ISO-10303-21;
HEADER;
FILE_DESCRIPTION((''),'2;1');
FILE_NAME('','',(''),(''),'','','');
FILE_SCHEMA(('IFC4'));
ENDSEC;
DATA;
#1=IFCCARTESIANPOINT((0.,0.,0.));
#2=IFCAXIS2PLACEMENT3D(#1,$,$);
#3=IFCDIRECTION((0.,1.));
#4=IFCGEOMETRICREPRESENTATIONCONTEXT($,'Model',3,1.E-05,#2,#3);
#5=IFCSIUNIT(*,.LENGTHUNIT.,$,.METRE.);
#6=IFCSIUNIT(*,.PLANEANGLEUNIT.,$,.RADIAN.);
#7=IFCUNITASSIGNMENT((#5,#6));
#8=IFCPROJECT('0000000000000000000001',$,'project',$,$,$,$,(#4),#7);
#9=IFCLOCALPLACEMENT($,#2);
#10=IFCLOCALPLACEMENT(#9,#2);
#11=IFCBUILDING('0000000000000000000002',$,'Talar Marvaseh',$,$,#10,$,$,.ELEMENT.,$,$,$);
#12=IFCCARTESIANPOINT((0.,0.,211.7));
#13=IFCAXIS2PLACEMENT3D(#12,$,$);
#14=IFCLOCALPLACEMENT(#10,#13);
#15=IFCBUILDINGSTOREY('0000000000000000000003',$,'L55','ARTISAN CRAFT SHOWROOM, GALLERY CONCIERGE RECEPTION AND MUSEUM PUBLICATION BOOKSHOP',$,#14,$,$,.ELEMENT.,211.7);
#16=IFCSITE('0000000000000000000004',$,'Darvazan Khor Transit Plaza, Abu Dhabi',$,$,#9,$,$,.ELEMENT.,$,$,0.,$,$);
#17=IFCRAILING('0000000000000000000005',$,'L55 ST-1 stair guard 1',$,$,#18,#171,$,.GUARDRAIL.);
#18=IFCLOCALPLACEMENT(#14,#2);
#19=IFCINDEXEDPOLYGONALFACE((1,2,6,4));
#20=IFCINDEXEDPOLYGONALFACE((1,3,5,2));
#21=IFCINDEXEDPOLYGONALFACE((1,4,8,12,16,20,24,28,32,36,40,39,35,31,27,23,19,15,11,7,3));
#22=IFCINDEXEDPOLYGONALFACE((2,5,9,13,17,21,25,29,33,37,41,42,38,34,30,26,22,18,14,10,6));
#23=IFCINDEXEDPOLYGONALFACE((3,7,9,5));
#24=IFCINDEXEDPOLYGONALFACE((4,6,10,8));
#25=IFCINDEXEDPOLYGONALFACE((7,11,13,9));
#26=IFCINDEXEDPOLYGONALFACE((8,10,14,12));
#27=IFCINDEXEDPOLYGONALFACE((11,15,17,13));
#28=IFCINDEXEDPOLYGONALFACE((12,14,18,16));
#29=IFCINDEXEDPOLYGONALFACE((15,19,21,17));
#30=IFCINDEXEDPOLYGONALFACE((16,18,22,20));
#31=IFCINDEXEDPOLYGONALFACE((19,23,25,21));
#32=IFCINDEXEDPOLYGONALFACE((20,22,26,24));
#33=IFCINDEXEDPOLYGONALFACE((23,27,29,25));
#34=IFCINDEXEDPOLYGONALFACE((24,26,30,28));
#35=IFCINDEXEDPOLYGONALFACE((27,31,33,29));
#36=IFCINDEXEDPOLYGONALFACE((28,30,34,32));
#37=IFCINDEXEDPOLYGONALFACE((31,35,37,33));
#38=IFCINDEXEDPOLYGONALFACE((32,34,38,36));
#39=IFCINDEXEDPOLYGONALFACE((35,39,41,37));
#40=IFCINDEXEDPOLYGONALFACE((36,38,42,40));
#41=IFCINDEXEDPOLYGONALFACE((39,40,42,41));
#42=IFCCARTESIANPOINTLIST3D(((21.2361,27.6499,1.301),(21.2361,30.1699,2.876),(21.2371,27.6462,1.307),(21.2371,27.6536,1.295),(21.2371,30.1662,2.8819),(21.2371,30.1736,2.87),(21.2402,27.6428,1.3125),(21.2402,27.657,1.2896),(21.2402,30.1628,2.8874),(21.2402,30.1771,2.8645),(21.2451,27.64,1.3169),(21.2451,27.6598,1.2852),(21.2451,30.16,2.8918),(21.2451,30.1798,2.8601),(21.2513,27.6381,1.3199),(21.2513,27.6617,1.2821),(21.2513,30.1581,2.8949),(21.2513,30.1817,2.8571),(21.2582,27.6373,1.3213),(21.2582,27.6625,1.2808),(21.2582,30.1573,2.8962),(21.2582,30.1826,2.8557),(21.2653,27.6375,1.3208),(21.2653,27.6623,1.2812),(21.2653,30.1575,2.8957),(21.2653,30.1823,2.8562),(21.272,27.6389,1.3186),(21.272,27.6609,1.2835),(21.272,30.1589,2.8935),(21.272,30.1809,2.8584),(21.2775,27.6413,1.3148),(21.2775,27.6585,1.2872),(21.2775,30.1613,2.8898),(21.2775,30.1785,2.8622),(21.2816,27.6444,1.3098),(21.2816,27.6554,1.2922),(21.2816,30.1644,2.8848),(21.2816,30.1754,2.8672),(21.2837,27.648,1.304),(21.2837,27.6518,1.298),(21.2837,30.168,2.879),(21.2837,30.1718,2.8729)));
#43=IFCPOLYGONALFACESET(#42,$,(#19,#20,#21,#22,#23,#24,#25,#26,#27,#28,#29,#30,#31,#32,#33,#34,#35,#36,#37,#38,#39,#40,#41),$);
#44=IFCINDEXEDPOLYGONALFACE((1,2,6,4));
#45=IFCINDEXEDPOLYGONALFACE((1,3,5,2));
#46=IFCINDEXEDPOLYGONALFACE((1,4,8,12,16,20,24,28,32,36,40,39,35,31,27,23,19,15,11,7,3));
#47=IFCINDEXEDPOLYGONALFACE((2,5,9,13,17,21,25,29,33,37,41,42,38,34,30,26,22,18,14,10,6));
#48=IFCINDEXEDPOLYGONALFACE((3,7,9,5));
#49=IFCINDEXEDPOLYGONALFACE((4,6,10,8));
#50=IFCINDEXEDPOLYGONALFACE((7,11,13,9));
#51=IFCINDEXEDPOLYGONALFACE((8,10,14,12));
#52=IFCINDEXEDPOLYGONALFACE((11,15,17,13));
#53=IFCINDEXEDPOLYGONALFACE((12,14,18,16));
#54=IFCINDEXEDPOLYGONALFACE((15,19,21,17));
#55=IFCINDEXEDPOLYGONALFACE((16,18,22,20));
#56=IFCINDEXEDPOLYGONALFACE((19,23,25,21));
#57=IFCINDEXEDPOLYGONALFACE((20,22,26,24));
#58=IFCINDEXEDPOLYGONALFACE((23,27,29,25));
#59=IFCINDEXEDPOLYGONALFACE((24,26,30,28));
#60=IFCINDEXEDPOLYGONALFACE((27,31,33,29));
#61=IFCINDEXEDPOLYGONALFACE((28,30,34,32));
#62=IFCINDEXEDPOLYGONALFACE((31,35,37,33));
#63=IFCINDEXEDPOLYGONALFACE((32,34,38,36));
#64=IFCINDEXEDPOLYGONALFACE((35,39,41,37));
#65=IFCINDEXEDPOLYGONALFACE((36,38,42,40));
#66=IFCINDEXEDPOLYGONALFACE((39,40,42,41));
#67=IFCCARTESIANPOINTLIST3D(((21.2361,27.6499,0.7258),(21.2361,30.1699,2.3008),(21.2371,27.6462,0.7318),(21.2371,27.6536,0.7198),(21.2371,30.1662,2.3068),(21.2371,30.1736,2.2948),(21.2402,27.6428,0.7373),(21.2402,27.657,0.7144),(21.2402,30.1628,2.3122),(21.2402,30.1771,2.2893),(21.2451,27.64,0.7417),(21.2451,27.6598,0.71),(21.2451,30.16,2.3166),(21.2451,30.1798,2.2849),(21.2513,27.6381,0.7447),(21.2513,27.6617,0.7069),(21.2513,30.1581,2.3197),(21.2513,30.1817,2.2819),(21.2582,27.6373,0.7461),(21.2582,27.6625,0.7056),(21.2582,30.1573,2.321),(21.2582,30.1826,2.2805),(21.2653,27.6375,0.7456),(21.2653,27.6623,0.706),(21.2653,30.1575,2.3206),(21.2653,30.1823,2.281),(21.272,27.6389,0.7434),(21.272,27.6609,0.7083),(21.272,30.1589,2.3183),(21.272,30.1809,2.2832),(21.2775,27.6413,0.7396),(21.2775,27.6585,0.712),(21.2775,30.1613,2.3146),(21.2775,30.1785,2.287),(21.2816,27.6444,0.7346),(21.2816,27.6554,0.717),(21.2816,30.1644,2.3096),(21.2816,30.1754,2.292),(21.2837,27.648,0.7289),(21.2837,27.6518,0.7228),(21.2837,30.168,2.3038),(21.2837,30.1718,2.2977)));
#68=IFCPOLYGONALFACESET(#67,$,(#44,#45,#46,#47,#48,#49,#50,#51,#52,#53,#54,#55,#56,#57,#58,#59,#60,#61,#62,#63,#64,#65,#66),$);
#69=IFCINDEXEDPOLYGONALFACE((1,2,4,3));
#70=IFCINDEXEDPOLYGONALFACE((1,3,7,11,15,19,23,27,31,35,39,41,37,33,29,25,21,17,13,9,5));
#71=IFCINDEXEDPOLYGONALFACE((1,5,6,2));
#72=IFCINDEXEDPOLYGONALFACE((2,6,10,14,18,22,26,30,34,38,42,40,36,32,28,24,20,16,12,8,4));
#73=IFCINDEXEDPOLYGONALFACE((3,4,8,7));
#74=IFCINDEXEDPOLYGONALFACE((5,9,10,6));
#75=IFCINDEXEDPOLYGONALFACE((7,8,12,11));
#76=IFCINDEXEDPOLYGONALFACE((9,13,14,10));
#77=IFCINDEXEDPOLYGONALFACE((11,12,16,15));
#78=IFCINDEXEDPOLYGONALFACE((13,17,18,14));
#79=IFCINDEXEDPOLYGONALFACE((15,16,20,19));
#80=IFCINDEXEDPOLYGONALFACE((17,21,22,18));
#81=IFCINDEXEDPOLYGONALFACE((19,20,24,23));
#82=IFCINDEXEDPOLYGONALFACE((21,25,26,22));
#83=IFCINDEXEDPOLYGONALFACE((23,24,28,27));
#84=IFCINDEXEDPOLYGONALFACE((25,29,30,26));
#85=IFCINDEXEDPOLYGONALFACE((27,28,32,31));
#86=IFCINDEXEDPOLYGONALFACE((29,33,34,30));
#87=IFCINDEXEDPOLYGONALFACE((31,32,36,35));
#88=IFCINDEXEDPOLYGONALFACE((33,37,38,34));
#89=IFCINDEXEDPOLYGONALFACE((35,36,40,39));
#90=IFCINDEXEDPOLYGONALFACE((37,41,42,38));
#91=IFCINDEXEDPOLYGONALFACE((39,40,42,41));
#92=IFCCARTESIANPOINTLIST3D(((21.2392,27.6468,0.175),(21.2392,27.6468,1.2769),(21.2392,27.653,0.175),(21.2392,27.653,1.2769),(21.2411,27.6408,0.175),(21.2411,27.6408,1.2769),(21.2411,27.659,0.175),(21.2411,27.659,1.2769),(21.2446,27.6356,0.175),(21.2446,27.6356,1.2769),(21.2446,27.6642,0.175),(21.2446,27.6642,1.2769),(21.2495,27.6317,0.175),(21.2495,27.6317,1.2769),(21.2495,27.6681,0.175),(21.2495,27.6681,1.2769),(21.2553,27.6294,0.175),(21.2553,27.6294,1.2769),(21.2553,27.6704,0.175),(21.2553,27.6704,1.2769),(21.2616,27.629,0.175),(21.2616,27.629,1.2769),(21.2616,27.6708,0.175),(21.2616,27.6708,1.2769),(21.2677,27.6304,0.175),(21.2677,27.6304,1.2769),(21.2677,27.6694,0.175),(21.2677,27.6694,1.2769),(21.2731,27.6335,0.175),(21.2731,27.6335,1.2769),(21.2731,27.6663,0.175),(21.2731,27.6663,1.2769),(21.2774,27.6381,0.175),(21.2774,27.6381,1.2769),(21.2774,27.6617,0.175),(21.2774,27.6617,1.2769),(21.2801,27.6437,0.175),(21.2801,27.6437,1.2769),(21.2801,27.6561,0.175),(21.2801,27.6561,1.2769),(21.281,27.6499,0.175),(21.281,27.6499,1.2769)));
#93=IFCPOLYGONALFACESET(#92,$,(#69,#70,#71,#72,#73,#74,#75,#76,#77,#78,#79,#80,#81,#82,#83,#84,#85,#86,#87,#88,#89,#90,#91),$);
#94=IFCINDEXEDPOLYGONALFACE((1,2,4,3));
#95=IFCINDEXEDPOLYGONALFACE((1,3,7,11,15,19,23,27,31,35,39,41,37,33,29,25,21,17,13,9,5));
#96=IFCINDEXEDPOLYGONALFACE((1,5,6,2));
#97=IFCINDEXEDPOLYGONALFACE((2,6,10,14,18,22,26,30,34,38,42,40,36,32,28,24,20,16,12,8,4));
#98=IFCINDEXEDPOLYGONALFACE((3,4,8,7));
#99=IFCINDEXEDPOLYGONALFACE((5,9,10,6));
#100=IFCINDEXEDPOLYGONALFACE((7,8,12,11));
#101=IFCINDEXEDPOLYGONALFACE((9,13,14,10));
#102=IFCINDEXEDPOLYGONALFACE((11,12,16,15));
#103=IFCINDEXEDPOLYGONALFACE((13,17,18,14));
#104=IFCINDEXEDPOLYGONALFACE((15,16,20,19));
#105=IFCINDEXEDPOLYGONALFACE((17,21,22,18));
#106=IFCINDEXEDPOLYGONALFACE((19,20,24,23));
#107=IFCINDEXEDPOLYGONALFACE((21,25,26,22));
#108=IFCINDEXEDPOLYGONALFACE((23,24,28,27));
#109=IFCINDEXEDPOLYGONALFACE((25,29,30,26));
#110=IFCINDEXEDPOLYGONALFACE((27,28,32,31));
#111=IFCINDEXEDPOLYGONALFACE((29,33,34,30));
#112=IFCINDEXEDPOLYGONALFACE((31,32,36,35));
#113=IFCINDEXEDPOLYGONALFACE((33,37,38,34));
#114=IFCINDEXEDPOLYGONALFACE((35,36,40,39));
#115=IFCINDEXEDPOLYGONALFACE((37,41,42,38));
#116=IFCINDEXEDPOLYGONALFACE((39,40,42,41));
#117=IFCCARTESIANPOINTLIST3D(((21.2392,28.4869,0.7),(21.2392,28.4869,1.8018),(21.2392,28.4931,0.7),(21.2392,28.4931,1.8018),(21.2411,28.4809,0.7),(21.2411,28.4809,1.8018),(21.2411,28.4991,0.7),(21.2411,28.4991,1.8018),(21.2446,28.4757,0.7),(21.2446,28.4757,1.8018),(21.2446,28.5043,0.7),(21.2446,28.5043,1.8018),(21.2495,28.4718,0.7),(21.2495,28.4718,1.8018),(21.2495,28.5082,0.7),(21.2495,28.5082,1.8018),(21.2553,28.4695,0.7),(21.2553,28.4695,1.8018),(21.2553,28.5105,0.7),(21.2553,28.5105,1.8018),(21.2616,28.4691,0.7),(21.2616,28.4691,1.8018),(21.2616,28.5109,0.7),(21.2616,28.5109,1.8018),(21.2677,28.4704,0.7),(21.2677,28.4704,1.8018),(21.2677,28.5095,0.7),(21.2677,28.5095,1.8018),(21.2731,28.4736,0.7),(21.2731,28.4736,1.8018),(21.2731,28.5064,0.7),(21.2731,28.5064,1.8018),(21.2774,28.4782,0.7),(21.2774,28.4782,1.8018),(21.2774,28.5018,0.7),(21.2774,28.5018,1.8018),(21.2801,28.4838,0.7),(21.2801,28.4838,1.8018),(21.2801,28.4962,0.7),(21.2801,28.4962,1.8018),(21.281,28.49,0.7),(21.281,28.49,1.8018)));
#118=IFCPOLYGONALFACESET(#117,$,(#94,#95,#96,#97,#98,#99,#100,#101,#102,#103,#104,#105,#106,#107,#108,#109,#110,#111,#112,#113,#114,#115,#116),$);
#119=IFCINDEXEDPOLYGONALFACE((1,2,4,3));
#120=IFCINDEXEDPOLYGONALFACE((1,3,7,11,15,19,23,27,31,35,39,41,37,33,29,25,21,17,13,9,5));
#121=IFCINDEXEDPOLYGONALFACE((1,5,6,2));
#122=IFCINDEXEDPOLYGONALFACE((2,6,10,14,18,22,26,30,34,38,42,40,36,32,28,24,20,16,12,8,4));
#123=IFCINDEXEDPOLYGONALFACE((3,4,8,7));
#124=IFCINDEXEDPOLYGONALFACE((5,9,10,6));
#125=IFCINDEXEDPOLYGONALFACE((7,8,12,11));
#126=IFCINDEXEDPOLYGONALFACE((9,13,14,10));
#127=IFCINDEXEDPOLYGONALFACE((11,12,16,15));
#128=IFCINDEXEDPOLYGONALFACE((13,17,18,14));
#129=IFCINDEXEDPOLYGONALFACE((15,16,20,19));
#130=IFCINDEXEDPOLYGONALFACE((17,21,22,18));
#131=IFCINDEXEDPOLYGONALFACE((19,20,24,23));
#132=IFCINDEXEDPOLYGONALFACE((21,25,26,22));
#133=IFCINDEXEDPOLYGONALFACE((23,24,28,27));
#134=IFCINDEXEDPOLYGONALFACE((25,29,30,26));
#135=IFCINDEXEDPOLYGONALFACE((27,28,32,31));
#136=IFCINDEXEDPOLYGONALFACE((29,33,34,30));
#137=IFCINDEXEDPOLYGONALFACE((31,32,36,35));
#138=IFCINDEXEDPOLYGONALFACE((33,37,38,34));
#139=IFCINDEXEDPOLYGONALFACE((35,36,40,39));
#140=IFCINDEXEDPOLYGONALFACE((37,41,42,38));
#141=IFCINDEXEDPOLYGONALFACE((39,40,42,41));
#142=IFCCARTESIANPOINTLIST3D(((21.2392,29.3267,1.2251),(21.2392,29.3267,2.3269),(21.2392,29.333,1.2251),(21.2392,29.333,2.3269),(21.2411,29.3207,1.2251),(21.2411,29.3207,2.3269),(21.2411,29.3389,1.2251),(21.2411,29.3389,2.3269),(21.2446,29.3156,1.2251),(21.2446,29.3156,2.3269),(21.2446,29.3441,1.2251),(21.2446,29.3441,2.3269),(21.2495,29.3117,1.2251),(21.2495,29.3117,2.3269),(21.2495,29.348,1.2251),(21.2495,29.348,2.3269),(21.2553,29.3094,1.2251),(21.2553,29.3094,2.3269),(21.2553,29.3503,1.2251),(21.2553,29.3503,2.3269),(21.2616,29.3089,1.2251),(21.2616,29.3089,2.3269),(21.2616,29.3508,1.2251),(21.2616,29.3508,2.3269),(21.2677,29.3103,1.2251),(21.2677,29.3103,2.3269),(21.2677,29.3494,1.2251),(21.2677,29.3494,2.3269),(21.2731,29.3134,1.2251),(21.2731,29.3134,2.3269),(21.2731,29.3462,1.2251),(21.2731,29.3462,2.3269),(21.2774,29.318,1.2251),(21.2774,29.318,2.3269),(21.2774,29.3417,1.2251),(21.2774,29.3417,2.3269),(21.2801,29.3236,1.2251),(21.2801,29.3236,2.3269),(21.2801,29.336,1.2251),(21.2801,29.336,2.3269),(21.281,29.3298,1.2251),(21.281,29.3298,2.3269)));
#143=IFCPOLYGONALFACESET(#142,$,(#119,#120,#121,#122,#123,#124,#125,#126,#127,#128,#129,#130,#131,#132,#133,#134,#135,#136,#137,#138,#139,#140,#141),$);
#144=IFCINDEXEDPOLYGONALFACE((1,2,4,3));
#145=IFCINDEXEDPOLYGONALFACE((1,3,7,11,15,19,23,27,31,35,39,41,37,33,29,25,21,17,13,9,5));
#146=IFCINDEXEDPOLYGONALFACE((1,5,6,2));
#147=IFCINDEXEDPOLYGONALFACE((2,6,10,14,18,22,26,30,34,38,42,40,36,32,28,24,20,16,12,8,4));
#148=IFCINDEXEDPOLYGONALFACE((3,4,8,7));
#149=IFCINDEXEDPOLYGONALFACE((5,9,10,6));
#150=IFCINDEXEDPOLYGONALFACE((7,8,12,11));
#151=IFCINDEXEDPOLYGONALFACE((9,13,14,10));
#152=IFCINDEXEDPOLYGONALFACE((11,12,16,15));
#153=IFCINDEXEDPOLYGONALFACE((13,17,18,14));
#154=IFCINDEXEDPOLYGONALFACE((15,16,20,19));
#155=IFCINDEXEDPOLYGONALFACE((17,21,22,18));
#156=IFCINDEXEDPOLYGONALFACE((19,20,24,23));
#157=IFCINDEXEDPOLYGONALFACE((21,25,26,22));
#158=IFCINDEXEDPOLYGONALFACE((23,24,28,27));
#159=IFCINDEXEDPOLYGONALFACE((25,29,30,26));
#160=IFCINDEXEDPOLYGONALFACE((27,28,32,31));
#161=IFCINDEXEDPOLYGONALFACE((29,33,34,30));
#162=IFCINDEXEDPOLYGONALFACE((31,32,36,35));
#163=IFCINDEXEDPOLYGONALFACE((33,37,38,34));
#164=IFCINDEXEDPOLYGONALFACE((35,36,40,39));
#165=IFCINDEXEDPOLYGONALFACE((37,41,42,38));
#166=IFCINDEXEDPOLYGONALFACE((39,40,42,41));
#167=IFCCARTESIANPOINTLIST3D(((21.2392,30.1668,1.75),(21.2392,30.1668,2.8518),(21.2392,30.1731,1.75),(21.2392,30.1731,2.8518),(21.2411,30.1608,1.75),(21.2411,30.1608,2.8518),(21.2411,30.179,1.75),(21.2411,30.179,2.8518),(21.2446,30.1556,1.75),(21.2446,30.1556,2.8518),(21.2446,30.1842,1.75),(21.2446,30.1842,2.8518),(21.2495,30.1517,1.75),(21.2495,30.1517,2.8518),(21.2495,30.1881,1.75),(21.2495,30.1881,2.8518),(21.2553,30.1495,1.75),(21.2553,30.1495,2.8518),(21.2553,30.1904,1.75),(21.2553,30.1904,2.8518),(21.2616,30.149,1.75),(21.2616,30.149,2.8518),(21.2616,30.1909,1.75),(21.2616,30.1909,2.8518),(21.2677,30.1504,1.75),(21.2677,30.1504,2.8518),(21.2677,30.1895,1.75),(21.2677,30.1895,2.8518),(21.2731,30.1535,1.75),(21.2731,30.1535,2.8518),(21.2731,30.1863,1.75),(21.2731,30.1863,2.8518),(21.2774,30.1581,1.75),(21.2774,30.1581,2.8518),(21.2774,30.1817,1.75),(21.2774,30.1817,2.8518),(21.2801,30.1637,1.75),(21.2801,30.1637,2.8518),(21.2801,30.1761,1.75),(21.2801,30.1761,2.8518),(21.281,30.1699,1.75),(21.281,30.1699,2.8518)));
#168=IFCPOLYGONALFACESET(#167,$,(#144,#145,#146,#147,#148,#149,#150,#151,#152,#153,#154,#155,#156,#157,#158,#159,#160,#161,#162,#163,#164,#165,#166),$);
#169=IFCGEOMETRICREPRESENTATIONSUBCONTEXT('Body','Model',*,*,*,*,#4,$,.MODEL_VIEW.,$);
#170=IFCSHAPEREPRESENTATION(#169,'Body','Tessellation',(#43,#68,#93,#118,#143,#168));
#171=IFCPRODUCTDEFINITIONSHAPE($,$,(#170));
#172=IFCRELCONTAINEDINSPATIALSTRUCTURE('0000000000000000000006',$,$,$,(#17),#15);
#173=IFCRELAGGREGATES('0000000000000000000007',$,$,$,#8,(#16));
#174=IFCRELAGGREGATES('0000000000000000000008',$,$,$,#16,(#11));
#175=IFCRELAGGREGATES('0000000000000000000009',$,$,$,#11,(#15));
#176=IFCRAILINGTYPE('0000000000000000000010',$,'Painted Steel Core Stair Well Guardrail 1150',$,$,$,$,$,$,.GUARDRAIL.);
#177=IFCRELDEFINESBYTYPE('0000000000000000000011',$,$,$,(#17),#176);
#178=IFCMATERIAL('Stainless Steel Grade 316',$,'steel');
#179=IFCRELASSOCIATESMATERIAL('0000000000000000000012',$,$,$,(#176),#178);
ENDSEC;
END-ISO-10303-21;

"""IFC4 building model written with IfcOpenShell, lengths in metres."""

from ifc_helpers import new_model, si_unit, direction, frame, origin, origin_2d, place, context, subcontext, project, spatial, circle, extrude, material, type_object, element, save


model = new_model("IFC4")

# Units and contexts
model_context = context("Model", 3, precision=1e-05, world=origin(), true_north=direction((0.0, 1.0)))
body_context = subcontext(model_context, "Body", "Model", "MODEL_VIEW")
ifc_project = project(units=[si_unit("LENGTHUNIT", "METRE"), si_unit("PLANEANGLEUNIT", "RADIAN")], contexts=[model_context])

# Site, building, storey
site_placement = place(None, origin())
site = spatial("IfcSite", under=ifc_project, at=site_placement, Name="Darvazan Khor Transit Plaza, Abu Dhabi", CompositionType="ELEMENT", RefElevation=0.0)
building_placement = place(site_placement, origin())
building = spatial("IfcBuilding", under=site, at=building_placement, Name="Talar Marvaseh", CompositionType="ELEMENT")
storey_placement = place(building_placement, frame((0.0, 0.0, 211.7)))
storey = spatial("IfcBuildingStorey", under=building, at=storey_placement, Name="L55", Description="ARTISAN CRAFT SHOWROOM, GALLERY CONCIERGE RECEPTION AND MUSEUM PUBLICATION BOOKSHOP", CompositionType="ELEMENT", Elevation=211.7)

# Railing
ifc_material_1 = material(Name="Stainless Steel Grade 316", Category="steel")
railing_type_1 = type_object("IfcRailingType", Name="Painted Steel Core Stair Well Guardrail 1150", PredefinedType="GUARDRAIL", material=ifc_material_1)
railing_1_placement = place(storey_placement, frame((21.26, 27.6499, 0.175)))
element("IfcRailing", 1, at=railing_1_placement, inside=storey, type_object=railing_type_1, Name="L55 ST-1 stair guard 1", PredefinedType="GUARDRAIL", context=body_context, shape_type="SweptSolid", body=[
    extrude(circle(Radius=0.0239, at=origin_2d()), frame((0.0, 0.0, 1.126), z_axis=(0.0, 0.848008, 0.529984), x_axis=(-1.0, 0.0, 0.0)), (0.0, 0.0, 1.0), 2.9717),
    extrude(circle(Radius=0.0239, at=origin_2d()), frame((0.0, 0.0, 0.5508), z_axis=(0.0, 0.848008, 0.529984), x_axis=(-1.0, 0.0, 0.0)), (0.0, 0.0, 1.0), 2.9717),
    extrude(circle(Radius=0.021, at=origin_2d()), origin(), (0.0, 0.0, 1.0), 1.1018),
    extrude(circle(Radius=0.021, at=origin_2d()), frame((0.0, 0.8401, 0.5249)), (0.0, 0.0, 1.0), 1.1018),
    extrude(circle(Radius=0.021, at=origin_2d()), frame((0.0, 1.6799, 1.05)), (0.0, 0.0, 1.0), 1.1018),
    extrude(circle(Radius=0.021, at=origin_2d()), frame((0.0, 2.52, 1.575)), (0.0, 0.0, 1.0), 1.1018),
])

save(model, "model.ifc")
